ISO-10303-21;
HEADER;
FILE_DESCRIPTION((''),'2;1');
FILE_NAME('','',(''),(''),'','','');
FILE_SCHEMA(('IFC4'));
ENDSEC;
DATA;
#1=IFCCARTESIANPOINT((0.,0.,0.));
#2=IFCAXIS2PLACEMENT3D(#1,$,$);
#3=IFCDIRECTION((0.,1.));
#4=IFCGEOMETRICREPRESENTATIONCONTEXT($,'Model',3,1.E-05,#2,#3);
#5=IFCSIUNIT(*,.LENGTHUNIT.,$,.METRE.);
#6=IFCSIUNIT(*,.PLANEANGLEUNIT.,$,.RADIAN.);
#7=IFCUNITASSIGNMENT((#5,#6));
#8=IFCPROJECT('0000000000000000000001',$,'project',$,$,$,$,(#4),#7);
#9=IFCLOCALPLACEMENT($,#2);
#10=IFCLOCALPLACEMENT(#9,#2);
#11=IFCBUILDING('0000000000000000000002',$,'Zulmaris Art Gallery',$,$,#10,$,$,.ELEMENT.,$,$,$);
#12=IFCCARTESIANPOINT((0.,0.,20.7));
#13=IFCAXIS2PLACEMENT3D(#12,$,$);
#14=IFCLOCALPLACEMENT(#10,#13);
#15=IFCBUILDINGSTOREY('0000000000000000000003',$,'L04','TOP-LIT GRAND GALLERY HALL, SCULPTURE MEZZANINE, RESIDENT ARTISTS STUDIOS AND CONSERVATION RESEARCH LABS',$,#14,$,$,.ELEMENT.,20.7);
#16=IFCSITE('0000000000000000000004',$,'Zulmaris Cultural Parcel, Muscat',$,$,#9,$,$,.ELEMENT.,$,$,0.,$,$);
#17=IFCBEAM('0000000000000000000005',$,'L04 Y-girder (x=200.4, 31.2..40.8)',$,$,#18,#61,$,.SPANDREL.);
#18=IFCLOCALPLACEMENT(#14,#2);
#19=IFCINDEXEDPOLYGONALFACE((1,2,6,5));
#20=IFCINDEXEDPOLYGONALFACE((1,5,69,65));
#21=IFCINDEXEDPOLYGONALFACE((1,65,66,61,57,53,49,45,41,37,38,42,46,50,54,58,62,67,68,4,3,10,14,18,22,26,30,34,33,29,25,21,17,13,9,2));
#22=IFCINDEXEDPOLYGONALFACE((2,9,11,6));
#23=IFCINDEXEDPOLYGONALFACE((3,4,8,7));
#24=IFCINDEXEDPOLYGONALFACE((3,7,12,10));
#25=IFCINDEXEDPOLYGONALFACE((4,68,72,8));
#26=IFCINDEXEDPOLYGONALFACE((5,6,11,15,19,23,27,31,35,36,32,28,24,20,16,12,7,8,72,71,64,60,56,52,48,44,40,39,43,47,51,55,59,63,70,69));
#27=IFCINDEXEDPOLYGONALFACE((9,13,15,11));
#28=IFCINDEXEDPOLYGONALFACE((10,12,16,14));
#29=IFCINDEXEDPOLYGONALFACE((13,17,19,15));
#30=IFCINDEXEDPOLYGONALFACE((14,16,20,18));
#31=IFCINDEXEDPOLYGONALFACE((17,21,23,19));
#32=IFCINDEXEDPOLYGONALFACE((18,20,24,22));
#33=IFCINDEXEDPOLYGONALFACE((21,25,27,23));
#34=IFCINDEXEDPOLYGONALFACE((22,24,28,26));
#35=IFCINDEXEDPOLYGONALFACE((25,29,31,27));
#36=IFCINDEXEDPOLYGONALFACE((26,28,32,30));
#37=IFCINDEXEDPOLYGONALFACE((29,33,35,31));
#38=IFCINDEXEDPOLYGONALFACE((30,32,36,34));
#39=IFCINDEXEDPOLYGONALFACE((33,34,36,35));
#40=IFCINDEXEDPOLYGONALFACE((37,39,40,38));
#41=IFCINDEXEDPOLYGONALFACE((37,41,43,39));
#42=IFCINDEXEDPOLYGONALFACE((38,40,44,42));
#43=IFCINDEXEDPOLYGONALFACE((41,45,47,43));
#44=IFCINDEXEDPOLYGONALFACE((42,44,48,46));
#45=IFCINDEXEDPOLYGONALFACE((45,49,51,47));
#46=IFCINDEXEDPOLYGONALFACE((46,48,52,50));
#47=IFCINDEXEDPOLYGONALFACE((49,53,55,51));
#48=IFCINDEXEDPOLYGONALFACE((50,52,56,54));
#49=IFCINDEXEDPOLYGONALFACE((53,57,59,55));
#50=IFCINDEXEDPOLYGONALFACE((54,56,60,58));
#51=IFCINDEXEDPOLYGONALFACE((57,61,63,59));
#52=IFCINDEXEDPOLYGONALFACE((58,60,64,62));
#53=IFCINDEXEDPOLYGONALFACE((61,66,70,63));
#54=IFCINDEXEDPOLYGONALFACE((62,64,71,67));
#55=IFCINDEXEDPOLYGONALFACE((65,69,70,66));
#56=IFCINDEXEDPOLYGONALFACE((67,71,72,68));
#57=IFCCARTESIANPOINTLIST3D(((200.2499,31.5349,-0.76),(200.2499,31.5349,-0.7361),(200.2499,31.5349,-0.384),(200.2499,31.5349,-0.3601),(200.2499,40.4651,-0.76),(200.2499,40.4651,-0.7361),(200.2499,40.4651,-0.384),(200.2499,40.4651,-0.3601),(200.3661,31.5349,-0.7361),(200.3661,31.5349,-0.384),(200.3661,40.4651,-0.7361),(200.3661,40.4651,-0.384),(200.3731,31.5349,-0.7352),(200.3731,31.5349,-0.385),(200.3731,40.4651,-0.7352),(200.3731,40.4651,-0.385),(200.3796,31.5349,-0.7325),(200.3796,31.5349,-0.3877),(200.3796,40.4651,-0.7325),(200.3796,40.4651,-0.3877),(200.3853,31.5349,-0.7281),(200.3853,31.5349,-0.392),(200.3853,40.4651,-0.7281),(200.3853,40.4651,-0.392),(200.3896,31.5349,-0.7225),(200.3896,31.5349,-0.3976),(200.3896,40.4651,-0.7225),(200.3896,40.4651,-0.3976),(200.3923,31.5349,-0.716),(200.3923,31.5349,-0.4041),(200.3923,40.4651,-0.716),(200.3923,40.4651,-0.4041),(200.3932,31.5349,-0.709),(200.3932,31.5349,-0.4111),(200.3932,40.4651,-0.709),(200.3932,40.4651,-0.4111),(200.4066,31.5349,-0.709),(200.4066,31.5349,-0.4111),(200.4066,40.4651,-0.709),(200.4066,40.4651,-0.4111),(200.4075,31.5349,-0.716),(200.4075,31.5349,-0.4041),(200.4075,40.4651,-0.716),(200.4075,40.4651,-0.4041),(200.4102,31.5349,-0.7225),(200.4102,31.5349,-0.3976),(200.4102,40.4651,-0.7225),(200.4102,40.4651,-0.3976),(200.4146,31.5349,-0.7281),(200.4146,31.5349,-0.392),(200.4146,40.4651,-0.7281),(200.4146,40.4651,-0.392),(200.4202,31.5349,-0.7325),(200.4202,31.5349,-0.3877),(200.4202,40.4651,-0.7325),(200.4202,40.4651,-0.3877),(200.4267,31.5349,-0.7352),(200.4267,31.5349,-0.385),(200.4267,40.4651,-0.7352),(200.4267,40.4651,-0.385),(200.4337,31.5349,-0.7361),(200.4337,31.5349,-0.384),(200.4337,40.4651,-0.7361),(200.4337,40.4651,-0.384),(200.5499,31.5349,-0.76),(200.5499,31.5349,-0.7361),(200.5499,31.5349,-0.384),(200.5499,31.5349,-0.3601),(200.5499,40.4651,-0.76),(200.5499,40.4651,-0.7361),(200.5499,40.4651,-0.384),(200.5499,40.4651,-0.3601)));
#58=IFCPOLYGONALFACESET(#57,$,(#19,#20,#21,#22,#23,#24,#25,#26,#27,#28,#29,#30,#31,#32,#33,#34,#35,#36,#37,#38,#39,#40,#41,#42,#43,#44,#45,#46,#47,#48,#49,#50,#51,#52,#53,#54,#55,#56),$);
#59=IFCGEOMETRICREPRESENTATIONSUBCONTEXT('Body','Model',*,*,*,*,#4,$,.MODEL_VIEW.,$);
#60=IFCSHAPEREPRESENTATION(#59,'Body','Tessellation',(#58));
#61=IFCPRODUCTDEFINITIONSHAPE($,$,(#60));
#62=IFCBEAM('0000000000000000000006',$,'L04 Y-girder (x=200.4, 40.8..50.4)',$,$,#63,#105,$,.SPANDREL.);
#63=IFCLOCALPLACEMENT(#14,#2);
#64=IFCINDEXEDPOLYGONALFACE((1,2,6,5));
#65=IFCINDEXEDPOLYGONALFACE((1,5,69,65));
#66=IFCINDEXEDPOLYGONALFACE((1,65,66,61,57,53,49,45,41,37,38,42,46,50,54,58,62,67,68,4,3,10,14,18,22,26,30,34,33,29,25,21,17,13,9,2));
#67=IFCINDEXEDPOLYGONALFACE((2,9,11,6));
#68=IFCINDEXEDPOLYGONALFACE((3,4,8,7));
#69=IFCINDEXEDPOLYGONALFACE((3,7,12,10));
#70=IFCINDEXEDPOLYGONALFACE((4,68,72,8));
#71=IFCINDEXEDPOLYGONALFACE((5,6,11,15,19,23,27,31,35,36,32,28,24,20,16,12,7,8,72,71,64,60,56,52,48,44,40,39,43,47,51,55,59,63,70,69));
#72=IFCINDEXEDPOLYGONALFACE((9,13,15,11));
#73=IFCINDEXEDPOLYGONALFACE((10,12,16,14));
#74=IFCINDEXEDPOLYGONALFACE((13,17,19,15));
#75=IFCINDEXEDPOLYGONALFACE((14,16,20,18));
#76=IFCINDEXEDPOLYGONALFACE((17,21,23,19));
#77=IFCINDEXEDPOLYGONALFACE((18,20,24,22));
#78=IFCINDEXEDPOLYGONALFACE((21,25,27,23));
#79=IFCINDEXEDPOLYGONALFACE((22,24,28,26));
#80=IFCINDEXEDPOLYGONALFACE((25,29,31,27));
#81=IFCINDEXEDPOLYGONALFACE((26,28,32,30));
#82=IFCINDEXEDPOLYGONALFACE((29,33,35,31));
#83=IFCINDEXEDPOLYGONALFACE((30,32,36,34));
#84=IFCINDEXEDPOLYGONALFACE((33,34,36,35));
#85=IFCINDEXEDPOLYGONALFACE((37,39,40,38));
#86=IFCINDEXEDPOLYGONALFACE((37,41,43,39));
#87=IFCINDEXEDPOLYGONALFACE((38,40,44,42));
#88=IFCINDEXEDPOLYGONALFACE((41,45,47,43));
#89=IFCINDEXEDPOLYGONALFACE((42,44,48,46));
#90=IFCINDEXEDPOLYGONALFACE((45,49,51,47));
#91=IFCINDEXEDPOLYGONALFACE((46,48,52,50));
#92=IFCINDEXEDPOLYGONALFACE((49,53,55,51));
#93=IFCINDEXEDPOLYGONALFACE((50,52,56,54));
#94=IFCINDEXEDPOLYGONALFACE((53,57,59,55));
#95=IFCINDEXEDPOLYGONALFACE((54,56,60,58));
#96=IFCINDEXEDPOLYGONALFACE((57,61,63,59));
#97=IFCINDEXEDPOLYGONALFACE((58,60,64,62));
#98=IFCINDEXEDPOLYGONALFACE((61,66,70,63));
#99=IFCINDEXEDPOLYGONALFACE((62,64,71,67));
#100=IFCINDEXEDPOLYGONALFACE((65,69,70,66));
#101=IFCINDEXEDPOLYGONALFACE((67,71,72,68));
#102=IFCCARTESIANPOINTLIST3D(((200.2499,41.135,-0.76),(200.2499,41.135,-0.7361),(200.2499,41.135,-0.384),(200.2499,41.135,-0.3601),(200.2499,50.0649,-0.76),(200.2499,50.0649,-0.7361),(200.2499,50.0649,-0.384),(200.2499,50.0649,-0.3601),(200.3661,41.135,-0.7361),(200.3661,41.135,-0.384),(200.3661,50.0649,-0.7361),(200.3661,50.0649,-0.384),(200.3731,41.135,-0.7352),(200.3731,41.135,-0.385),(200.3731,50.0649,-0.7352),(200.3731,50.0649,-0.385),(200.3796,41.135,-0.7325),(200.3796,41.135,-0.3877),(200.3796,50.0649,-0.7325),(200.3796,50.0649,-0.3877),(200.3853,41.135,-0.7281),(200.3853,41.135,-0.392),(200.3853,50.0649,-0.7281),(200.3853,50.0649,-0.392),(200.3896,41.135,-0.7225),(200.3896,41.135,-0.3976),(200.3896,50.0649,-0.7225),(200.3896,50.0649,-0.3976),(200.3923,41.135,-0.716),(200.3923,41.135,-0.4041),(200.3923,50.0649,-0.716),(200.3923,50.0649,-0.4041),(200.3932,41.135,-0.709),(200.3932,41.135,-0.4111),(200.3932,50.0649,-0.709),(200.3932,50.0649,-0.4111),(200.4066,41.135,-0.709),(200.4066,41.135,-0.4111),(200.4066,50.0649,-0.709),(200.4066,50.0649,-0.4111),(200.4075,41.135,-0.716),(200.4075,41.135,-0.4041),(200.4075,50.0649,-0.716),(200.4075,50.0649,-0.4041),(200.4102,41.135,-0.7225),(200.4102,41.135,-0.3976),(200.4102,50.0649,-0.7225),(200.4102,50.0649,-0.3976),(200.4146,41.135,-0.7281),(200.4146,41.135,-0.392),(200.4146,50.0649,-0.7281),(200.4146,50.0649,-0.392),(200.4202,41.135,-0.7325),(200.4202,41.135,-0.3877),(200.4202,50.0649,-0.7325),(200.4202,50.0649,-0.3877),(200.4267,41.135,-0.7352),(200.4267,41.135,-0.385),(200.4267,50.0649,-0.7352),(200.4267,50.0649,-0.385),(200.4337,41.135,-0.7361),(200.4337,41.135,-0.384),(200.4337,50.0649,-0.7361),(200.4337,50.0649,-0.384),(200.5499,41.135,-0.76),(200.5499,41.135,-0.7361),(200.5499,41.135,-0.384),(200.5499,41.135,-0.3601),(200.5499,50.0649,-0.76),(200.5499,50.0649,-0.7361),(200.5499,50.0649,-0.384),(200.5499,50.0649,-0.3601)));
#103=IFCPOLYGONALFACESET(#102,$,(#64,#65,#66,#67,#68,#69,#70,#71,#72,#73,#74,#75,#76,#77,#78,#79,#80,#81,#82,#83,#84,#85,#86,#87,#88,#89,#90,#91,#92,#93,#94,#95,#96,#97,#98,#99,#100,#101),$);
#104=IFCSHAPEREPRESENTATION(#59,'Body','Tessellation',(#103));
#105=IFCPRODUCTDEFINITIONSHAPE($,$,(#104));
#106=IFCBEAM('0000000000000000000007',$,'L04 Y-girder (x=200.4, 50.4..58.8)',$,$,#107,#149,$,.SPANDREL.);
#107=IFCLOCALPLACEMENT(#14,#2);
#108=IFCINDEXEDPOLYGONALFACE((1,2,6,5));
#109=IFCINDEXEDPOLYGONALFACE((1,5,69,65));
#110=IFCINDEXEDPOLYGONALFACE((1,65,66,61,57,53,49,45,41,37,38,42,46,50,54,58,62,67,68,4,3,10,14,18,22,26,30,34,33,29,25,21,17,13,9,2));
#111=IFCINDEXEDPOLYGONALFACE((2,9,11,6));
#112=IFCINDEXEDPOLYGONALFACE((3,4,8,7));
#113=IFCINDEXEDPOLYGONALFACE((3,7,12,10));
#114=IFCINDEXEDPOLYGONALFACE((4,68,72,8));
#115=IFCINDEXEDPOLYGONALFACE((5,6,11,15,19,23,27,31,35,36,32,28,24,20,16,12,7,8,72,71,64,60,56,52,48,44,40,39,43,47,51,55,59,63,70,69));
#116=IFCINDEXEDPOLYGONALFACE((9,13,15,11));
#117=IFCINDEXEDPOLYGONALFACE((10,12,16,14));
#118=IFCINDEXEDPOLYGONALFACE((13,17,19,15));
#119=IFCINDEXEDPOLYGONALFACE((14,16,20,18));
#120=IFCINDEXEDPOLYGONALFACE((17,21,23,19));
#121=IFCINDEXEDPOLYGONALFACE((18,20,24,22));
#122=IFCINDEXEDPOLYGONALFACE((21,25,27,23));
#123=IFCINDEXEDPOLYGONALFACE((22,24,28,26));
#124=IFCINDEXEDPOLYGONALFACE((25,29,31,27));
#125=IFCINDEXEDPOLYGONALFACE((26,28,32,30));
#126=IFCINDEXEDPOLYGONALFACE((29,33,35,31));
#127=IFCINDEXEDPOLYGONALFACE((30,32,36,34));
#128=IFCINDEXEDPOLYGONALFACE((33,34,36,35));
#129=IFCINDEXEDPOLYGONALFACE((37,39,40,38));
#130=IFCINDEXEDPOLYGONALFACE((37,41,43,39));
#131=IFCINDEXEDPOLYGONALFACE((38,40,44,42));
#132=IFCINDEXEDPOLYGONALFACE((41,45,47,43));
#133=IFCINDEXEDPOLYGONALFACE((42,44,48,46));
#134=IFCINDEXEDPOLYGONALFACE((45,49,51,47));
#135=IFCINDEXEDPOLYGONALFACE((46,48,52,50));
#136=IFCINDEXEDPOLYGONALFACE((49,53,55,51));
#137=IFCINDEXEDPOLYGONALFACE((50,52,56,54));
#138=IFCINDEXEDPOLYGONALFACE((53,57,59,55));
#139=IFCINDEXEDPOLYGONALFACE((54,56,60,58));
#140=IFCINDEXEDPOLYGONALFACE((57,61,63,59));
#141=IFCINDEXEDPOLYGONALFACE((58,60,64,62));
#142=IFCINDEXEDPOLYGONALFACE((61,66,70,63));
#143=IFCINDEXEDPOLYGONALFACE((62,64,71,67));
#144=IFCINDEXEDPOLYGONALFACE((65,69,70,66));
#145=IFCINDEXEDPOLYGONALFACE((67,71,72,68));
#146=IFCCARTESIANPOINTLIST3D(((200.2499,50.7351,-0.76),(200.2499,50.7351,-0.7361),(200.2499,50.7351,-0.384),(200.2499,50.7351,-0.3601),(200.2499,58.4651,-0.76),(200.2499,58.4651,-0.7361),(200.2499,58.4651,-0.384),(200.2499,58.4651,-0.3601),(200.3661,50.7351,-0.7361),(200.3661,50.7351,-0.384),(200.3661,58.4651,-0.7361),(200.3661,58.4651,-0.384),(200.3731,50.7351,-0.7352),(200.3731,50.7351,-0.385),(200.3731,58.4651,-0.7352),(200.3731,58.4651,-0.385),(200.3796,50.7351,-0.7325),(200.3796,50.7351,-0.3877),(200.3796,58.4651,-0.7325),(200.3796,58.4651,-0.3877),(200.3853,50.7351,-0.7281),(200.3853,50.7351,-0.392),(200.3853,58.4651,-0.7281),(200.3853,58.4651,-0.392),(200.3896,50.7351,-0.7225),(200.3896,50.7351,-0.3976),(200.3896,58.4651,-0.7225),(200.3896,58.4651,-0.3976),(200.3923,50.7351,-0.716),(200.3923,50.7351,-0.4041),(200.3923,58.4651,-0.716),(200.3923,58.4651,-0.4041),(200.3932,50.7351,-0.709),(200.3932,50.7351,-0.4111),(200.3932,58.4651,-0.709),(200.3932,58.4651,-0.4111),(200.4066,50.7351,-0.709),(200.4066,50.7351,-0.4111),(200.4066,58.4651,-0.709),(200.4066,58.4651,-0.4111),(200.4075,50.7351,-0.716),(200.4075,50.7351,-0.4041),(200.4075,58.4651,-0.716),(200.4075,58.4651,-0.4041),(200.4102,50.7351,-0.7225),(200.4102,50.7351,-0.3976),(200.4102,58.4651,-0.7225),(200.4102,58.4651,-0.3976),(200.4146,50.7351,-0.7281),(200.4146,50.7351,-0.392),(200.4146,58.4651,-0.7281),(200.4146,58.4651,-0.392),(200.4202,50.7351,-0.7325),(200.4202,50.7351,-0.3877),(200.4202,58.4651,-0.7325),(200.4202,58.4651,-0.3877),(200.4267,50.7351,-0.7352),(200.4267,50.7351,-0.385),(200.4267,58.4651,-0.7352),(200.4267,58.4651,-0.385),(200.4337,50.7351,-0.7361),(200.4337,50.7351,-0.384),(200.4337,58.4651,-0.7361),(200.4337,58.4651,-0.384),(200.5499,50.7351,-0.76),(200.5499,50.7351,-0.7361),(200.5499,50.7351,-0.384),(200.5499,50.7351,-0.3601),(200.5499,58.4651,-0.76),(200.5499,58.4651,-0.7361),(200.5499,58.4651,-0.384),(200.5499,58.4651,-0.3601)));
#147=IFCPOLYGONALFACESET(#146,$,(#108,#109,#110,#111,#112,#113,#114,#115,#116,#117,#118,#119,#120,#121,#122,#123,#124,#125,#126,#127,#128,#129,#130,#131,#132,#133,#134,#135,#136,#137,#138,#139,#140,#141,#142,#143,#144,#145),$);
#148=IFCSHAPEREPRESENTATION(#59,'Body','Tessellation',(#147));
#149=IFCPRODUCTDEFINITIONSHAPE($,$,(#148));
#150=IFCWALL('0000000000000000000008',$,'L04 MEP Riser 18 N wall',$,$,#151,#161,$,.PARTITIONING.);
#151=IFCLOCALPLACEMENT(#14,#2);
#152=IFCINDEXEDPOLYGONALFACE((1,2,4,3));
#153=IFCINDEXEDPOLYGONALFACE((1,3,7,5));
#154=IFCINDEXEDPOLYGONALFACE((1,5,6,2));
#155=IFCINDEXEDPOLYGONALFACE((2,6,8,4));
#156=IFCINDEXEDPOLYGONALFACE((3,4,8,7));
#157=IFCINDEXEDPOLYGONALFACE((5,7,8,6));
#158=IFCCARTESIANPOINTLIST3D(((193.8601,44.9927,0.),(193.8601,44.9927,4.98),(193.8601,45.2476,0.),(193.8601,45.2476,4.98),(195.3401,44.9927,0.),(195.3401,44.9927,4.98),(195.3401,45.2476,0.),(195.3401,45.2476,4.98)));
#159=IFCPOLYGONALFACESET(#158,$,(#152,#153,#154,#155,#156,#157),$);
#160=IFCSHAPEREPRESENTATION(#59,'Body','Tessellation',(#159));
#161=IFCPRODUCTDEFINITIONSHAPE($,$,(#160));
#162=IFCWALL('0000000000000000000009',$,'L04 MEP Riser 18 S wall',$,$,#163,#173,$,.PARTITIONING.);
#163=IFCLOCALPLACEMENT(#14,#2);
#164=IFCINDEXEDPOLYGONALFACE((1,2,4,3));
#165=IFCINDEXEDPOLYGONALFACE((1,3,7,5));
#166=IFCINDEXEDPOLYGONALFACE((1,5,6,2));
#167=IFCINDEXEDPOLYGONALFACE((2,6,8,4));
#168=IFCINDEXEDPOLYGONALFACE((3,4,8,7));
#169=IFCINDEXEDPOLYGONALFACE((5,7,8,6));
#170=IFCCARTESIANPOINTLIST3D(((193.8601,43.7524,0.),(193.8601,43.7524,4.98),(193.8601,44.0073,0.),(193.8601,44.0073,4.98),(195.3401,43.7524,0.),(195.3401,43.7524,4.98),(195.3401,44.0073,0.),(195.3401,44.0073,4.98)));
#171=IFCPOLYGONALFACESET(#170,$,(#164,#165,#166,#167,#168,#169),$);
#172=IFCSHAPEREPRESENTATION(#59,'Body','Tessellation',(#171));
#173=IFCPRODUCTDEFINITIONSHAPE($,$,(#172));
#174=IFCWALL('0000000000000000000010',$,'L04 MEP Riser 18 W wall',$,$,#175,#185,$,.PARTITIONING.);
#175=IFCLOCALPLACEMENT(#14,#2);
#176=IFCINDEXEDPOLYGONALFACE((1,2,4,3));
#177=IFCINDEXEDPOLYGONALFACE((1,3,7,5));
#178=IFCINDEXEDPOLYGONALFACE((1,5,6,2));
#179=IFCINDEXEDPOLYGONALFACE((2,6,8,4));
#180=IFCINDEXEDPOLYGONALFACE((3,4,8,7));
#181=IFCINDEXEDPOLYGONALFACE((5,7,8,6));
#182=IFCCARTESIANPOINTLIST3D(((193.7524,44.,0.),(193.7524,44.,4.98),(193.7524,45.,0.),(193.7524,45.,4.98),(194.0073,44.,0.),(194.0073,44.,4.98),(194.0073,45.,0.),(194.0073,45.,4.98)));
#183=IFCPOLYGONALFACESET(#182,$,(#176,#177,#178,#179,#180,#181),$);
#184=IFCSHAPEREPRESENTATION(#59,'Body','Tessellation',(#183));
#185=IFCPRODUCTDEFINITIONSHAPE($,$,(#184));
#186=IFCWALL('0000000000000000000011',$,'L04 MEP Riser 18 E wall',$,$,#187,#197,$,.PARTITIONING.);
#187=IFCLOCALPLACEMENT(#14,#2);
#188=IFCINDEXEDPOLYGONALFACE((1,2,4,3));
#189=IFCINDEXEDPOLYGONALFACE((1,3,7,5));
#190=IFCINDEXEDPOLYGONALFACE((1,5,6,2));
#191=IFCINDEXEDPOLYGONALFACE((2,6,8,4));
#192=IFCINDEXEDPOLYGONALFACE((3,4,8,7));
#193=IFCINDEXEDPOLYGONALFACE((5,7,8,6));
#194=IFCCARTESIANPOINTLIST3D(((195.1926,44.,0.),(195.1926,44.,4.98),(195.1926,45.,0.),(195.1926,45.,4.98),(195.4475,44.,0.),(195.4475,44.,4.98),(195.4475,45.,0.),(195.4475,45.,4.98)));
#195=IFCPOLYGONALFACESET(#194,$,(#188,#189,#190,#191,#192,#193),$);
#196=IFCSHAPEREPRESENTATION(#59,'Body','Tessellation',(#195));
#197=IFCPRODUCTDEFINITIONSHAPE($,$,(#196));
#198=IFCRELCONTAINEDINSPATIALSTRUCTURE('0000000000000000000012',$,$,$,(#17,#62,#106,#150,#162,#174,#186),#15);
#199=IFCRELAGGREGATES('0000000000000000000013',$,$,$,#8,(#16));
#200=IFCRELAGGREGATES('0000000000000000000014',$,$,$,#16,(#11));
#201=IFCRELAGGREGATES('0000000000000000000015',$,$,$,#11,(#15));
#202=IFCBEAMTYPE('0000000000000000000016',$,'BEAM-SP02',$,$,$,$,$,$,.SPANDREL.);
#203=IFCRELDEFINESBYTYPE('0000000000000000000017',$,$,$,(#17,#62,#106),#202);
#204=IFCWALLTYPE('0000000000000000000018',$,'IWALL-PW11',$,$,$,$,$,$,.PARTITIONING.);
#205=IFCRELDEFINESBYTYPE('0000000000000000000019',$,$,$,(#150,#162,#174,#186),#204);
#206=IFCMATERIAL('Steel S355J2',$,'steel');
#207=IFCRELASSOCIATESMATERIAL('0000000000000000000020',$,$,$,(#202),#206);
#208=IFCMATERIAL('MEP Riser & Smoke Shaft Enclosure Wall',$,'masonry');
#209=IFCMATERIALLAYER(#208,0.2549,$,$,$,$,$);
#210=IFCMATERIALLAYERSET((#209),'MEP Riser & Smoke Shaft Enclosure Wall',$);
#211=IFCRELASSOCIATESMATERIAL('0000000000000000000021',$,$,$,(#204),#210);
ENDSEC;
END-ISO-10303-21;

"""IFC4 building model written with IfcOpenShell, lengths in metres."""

from ifc_helpers import new_model, si_unit, direction, frame, frame_2d, origin, origin_2d, place, context, subcontext, project, spatial, rectangle, i_section, extrude, material, layer, layer_set, material_profile, profile_set, type_object, element, save


model = new_model("IFC4")

# Units and contexts
model_context = context("Model", 3, precision=1e-05, world=origin(), true_north=direction((0.0, 1.0)))
body_context = subcontext(model_context, "Body", "Model", "MODEL_VIEW")
ifc_project = project(units=[si_unit("LENGTHUNIT", "METRE"), si_unit("PLANEANGLEUNIT", "RADIAN")], contexts=[model_context])

# Site, building, storey
site_placement = place(None, origin())
site = spatial("IfcSite", under=ifc_project, at=site_placement, Name="Zulmaris Cultural Parcel, Muscat", CompositionType="ELEMENT", RefElevation=0.0)
building_placement = place(site_placement, origin())
building = spatial("IfcBuilding", under=site, at=building_placement, Name="Zulmaris Art Gallery", CompositionType="ELEMENT")
storey_placement = place(building_placement, frame((0.0, 0.0, 20.7)))
storey = spatial("IfcBuildingStorey", under=building, at=storey_placement, Name="L04", Description="TOP-LIT GRAND GALLERY HALL, SCULPTURE MEZZANINE, RESIDENT ARTISTS STUDIOS AND CONSERVATION RESEARCH LABS", CompositionType="ELEMENT", Elevation=20.7)

# Beams
ifc_material_1 = material(Name="Steel S355J2", Category="steel")
ifc_material_profile_1 = material_profile(ifc_material_1, i_section(OverallWidth=0.3, OverallDepth=0.3999, WebThickness=0.0134, FlangeThickness=0.0239, FilletRadius=0.0271, at=origin_2d()), Name="HEB 400")
ifc_profile_set_1 = profile_set([ifc_material_profile_1], Name="Steel S355J2")
beam_type_1 = type_object("IfcBeamType", Name="BEAM-SP02", PredefinedType="SPANDREL", material=ifc_profile_set_1)
beam_1_placement = place(storey_placement, frame((200.3999, 31.5349, -0.5601), z_axis=(0.0, 1.0, 0.0), x_axis=(-1.0, 0.0, 0.0)))
element("IfcBeam", 1, at=beam_1_placement, inside=storey, type_object=beam_type_1, Name="L04 Y-girder (x=200.4, 31.2..40.8)", PredefinedType="SPANDREL", context=body_context, shape_type="SweptSolid", body=[
    extrude(i_section(OverallWidth=0.3, OverallDepth=0.3999, WebThickness=0.0134, FlangeThickness=0.0239, FilletRadius=0.0271, at=origin_2d()), origin(), (0.0, 0.0, 1.0), 8.9302),
])
beam_2_placement = place(storey_placement, frame((200.3999, 41.135, -0.5601), z_axis=(0.0, 1.0, 0.0), x_axis=(-1.0, 0.0, 0.0)))
element("IfcBeam", 2, at=beam_2_placement, inside=storey, type_object=beam_type_1, Name="L04 Y-girder (x=200.4, 40.8..50.4)", PredefinedType="SPANDREL", context=body_context, shape_type="SweptSolid", body=[
    extrude(i_section(OverallWidth=0.3, OverallDepth=0.3999, WebThickness=0.0134, FlangeThickness=0.0239, FilletRadius=0.0271, at=origin_2d()), origin(), (0.0, 0.0, 1.0), 8.9299),
])
beam_3_placement = place(storey_placement, frame((200.3999, 50.7351, -0.5601), z_axis=(0.0, 1.0, 0.0), x_axis=(-1.0, 0.0, 0.0)))
element("IfcBeam", 3, at=beam_3_placement, inside=storey, type_object=beam_type_1, Name="L04 Y-girder (x=200.4, 50.4..58.8)", PredefinedType="SPANDREL", context=body_context, shape_type="SweptSolid", body=[
    extrude(i_section(OverallWidth=0.3, OverallDepth=0.3999, WebThickness=0.0134, FlangeThickness=0.0239, FilletRadius=0.0271, at=origin_2d()), origin(), (0.0, 0.0, 1.0), 7.73),
])

# Walls
ifc_material_2 = material(Name="MEP Riser & Smoke Shaft Enclosure Wall", Category="masonry")
ifc_layer = layer(ifc_material_2, 0.2549)
ifc_layer_set = layer_set([ifc_layer], Name="MEP Riser & Smoke Shaft Enclosure Wall")
wall_type = type_object("IfcWallType", Name="IWALL-PW11", PredefinedType="PARTITIONING", material=ifc_layer_set)
for number, where, z_axis, x_axis, name in (
    (4, (193.8601, 45.1201, 0.0), (0.0, 0.0, 1.0), (1.0, 0.0, 0.0), "L04 MEP Riser 18 N wall"),
    (5, (193.8601, 43.8799, 0.0), (0.0, 0.0, 1.0), (1.0, 0.0, 0.0), "L04 MEP Riser 18 S wall"),
):
    element("IfcWall", number, at=place(storey_placement, frame(where, z_axis=z_axis, x_axis=x_axis)), inside=storey, type_object=wall_type, Name=name, PredefinedType="PARTITIONING", context=body_context, shape_type="SweptSolid", body=[
        extrude(rectangle(XDim=1.48, YDim=0.2549, at=frame_2d((0.74, 0.0))), origin(), (0.0, 0.0, 1.0), 4.98),
    ])
for number, where, z_axis, x_axis, name in (
    (6, (193.8799, 44.0, 0.0), (0.0, 0.0, 1.0), (0.0, 1.0, 0.0), "L04 MEP Riser 18 W wall"),
    (7, (195.3201, 44.0, 0.0), (0.0, 0.0, 1.0), (0.0, 1.0, 0.0), "L04 MEP Riser 18 E wall"),
):
    element("IfcWall", number, at=place(storey_placement, frame(where, z_axis=z_axis, x_axis=x_axis)), inside=storey, type_object=wall_type, Name=name, PredefinedType="PARTITIONING", context=body_context, shape_type="SweptSolid", body=[
        extrude(rectangle(XDim=1.0, YDim=0.2549, at=frame_2d((0.5, 0.0))), origin(), (0.0, 0.0, 1.0), 4.98),
    ])

save(model, "model.ifc")
